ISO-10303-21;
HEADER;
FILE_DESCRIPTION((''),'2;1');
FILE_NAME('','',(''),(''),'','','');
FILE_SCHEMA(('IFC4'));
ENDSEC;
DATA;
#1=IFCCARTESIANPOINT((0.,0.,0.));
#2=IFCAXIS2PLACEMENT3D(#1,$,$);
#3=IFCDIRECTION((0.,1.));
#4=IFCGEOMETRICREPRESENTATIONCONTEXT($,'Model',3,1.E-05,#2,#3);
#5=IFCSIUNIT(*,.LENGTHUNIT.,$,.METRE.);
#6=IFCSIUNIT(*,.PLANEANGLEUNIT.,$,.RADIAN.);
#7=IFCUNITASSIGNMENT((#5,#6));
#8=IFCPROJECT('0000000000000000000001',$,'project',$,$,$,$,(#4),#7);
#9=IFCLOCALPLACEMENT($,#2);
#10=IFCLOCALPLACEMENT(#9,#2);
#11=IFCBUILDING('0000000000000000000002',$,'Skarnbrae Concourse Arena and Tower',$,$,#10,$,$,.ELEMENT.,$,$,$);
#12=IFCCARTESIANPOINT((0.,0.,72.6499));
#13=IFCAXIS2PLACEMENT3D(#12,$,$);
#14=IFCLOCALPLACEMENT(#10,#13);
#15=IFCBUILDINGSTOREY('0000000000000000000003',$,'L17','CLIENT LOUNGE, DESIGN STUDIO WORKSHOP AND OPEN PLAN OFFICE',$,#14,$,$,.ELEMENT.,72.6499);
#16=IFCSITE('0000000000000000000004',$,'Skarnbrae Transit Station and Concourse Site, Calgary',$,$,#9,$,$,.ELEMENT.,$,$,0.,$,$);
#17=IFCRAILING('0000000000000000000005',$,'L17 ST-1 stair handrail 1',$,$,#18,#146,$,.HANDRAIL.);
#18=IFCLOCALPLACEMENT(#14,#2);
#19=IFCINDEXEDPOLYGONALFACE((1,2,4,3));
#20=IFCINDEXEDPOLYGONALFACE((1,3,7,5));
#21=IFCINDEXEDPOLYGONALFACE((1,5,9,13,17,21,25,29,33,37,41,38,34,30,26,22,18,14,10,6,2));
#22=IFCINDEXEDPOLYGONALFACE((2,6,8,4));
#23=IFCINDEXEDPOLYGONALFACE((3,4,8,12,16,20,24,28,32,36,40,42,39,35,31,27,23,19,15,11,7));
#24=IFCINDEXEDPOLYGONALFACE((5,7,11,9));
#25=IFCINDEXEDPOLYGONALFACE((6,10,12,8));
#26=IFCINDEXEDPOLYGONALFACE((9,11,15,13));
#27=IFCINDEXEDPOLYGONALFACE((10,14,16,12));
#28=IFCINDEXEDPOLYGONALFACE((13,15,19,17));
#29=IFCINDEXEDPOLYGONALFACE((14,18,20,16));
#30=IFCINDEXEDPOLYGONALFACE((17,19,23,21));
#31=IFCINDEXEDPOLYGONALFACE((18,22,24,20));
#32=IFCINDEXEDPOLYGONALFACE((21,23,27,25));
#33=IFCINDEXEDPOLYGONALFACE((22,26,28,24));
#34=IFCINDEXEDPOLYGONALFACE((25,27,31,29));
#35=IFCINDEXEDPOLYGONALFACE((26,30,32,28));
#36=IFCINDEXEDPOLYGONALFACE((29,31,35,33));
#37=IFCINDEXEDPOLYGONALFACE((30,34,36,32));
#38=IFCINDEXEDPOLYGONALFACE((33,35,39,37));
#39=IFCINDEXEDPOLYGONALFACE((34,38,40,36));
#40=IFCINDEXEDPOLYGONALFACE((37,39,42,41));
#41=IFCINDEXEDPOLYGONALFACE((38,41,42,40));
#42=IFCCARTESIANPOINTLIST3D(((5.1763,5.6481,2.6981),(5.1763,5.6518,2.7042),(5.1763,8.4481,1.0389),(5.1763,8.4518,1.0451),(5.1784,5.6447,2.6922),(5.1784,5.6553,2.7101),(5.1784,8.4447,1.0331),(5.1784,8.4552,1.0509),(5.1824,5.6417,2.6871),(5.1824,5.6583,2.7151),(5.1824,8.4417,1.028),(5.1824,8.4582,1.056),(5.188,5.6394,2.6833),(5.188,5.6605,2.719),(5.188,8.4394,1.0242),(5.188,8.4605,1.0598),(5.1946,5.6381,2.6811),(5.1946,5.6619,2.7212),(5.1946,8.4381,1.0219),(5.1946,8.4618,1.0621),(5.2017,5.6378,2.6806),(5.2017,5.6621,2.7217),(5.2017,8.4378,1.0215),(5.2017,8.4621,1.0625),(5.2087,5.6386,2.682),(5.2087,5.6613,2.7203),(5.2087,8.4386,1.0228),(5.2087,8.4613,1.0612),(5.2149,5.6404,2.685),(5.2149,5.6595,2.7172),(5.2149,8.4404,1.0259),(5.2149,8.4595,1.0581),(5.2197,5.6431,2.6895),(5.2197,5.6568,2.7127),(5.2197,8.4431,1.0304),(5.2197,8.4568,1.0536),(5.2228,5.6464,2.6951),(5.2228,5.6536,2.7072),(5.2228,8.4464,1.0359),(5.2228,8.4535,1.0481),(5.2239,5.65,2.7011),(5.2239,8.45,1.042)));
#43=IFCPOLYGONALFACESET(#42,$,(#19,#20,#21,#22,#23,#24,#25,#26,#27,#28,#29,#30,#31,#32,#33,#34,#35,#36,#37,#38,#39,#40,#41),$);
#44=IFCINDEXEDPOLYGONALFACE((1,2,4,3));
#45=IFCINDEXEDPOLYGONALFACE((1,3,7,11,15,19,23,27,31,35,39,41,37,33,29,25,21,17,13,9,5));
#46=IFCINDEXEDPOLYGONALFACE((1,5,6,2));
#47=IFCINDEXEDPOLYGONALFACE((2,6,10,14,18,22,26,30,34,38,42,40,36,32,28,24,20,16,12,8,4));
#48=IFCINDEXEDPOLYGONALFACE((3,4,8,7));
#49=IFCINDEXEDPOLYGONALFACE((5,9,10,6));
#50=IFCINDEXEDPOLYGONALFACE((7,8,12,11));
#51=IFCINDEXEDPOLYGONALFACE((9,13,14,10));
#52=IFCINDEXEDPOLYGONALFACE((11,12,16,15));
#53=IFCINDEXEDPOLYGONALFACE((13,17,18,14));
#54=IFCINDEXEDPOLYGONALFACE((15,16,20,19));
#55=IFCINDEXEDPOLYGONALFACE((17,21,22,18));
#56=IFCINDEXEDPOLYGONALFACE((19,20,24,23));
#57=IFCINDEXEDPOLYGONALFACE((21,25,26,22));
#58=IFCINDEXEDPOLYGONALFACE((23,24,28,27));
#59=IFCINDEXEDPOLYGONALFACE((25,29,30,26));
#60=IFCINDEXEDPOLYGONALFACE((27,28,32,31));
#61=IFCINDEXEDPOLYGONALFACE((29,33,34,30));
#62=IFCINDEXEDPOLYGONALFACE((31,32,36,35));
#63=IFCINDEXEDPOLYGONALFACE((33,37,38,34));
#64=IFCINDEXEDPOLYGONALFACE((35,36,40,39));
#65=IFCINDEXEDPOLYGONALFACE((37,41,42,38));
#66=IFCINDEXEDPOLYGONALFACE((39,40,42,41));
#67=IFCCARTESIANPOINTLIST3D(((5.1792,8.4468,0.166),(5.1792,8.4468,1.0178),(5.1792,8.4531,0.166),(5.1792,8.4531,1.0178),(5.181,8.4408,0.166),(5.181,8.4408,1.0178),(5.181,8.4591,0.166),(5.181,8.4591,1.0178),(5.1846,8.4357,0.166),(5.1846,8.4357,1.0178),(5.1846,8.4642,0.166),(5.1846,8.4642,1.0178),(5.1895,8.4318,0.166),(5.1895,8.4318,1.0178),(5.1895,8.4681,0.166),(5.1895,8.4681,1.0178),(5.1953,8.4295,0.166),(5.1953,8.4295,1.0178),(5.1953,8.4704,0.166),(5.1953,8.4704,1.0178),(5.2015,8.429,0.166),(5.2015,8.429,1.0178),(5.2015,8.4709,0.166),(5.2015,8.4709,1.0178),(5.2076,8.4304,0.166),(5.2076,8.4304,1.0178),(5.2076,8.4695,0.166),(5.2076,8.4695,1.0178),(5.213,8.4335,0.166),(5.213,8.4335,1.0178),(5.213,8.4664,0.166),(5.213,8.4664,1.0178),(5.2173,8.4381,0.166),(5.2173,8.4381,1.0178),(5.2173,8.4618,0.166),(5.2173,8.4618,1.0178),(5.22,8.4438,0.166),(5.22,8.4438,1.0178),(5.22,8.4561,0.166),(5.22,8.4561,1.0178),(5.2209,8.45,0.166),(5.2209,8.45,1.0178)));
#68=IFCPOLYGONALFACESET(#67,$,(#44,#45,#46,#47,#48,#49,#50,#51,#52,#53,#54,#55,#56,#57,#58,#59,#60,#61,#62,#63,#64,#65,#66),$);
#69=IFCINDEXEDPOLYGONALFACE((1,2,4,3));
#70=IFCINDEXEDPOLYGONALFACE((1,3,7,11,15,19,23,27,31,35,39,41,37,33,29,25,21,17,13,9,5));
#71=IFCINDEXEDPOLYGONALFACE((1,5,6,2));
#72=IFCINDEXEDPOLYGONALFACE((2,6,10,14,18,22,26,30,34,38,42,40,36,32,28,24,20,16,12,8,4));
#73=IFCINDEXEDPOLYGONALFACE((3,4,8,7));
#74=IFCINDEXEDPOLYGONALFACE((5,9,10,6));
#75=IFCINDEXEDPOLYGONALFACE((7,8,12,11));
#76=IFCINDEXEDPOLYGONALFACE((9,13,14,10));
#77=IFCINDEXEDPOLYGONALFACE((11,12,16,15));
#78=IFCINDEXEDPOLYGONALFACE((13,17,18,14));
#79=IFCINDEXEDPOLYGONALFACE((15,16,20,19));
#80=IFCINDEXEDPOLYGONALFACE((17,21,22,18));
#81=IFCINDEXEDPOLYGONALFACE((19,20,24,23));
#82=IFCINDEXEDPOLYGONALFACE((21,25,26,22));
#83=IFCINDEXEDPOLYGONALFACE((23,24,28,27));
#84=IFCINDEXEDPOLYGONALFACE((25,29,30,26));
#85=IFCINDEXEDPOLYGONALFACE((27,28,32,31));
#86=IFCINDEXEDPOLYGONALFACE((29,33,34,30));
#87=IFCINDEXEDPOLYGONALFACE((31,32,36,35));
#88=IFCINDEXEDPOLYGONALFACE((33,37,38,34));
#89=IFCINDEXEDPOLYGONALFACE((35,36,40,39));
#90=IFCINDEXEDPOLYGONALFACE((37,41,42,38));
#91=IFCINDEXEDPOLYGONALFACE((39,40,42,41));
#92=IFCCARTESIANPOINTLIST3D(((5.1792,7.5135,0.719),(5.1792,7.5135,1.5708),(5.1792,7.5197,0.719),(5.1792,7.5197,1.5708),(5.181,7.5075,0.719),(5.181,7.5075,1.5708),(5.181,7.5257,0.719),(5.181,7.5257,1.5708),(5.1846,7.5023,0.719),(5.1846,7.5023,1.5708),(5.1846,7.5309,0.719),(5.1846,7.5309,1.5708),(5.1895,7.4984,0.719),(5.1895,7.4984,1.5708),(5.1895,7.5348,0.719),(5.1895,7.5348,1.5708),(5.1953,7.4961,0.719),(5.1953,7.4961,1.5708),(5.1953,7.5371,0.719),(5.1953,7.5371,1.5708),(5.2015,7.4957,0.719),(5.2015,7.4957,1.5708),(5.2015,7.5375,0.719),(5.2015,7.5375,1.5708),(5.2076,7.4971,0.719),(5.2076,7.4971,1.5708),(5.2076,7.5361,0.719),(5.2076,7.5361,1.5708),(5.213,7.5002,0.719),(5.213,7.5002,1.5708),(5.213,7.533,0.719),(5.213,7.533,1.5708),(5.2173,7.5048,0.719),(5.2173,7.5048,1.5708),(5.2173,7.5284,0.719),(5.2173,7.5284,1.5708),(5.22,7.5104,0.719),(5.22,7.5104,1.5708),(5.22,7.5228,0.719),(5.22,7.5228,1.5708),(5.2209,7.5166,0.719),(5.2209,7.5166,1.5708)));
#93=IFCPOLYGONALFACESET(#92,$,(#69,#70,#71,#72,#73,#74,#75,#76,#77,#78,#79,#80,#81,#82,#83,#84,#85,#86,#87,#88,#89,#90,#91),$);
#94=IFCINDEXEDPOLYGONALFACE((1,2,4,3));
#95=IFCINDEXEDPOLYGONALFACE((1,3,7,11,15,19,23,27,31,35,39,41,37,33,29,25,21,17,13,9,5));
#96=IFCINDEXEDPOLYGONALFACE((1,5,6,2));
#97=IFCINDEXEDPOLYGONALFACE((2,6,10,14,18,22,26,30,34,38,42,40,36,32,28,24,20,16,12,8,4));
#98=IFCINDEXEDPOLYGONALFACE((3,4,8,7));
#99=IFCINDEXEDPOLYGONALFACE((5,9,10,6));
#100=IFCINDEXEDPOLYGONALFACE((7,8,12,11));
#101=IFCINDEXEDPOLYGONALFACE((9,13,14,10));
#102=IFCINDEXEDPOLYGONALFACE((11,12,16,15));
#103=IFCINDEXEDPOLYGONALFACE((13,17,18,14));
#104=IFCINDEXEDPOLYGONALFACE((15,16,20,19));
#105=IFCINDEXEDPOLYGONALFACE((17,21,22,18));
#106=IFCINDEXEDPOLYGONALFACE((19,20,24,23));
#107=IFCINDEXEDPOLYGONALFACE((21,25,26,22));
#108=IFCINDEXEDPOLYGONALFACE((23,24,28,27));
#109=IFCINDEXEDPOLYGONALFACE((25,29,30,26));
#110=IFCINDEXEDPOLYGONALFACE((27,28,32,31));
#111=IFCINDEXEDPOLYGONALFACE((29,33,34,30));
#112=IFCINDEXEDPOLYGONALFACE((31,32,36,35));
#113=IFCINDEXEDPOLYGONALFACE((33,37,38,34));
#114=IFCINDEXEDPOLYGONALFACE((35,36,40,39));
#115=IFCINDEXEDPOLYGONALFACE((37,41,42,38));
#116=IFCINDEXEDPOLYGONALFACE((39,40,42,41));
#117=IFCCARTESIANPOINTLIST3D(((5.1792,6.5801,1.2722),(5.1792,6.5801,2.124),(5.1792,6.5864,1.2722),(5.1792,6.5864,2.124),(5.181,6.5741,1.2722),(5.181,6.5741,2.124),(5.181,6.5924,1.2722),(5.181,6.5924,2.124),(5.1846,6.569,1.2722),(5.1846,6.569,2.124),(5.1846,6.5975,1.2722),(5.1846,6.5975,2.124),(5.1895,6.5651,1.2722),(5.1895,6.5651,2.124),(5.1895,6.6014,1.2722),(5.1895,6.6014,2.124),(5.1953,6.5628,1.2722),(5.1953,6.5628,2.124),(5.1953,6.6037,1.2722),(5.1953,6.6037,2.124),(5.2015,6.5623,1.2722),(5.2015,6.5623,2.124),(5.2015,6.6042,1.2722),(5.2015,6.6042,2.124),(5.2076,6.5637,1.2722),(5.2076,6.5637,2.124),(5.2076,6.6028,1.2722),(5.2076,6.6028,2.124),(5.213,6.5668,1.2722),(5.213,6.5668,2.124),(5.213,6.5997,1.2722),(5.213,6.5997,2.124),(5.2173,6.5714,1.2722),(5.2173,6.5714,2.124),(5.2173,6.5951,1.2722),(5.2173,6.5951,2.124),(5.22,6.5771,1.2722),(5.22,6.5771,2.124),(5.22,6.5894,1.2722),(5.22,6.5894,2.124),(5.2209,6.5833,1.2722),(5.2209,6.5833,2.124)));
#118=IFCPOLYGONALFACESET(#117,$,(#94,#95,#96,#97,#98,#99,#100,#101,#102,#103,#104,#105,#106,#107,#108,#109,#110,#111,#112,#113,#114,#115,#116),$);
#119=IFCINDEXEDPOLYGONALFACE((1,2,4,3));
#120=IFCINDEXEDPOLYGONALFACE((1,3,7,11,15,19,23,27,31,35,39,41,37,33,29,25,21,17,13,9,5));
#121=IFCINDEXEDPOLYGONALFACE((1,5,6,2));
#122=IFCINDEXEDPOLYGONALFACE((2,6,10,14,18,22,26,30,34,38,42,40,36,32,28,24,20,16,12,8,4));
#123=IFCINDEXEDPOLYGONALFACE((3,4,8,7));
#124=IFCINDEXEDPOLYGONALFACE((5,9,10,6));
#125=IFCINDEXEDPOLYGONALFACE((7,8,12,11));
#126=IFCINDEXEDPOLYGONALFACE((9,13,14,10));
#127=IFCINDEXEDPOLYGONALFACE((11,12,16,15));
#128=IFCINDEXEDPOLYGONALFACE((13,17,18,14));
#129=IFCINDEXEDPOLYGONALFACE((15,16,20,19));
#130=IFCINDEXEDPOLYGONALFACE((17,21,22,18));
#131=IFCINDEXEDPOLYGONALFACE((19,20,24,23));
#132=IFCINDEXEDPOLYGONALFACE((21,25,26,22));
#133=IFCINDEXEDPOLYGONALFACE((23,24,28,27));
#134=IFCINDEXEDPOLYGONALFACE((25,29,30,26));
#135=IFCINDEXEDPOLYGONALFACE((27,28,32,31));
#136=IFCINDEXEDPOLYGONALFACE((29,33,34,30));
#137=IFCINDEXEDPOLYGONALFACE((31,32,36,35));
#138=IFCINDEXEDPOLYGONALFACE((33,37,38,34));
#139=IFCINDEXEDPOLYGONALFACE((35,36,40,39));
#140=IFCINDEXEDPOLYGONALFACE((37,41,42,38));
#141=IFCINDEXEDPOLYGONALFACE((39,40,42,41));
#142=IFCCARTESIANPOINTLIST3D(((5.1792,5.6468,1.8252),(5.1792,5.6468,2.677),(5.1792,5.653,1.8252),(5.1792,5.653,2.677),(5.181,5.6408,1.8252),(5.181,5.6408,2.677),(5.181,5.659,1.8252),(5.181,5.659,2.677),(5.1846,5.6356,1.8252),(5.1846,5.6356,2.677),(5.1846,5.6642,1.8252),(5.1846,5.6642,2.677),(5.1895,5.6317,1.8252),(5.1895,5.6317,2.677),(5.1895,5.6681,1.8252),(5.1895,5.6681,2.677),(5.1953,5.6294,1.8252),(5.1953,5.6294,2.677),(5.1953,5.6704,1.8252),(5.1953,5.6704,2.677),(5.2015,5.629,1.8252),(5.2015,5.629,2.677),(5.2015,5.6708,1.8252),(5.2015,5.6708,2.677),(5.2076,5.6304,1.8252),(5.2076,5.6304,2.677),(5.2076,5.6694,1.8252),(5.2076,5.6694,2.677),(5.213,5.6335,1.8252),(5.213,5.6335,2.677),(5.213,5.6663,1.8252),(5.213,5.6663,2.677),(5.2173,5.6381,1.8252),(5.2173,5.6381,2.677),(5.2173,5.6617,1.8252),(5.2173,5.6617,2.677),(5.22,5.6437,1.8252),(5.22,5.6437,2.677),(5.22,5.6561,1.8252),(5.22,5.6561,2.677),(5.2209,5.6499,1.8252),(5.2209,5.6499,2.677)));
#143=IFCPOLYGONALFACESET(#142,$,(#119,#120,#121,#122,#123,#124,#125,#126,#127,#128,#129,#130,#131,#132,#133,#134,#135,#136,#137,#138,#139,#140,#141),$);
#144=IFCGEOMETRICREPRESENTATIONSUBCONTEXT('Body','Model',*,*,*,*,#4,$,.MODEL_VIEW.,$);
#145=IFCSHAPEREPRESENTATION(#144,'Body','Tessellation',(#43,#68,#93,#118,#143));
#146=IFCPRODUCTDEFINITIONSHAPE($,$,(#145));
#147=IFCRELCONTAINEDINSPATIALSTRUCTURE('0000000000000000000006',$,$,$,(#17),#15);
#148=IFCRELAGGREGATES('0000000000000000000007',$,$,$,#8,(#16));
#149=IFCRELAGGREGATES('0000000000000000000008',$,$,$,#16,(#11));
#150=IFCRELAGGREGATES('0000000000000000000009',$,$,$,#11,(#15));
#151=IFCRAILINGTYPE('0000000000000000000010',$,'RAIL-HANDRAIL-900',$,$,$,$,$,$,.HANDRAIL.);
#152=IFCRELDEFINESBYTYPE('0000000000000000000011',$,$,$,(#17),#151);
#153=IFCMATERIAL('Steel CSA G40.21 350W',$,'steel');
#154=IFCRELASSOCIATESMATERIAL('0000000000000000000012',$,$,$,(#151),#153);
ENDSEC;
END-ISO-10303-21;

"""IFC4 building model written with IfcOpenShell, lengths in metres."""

from ifc_helpers import new_model, si_unit, direction, frame, origin, origin_2d, place, context, subcontext, project, spatial, circle, extrude, material, type_object, element, save


model = new_model("IFC4")

# Units and contexts
model_context = context("Model", 3, precision=1e-05, world=origin(), true_north=direction((0.0, 1.0)))
body_context = subcontext(model_context, "Body", "Model", "MODEL_VIEW")
ifc_project = project(units=[si_unit("LENGTHUNIT", "METRE"), si_unit("PLANEANGLEUNIT", "RADIAN")], contexts=[model_context])

# Site, building, storey
site_placement = place(None, origin())
site = spatial("IfcSite", under=ifc_project, at=site_placement, Name="Skarnbrae Transit Station and Concourse Site, Calgary", CompositionType="ELEMENT", RefElevation=0.0)
building_placement = place(site_placement, origin())
building = spatial("IfcBuilding", under=site, at=building_placement, Name="Skarnbrae Concourse Arena and Tower", CompositionType="ELEMENT")
storey_placement = place(building_placement, frame((0.0, 0.0, 72.6499)))
storey = spatial("IfcBuildingStorey", under=building, at=storey_placement, Name="L17", Description="CLIENT LOUNGE, DESIGN STUDIO WORKSHOP AND OPEN PLAN OFFICE", CompositionType="ELEMENT", Elevation=72.6499)

# Shared definitions
ifc_material_1 = material(Name="Steel CSA G40.21 350W", Category="steel")

# Railing
railing_type_1 = type_object("IfcRailingType", Name="RAIL-HANDRAIL-900", PredefinedType="HANDRAIL", material=ifc_material_1)
railing_1_placement = place(storey_placement, frame((5.2, 8.45, 0.166)))
element("IfcRailing", 1, at=railing_1_placement, inside=storey, type_object=railing_type_1, Name="L17 ST-1 stair handrail 1", PredefinedType="HANDRAIL", context=body_context, shape_type="SweptSolid", body=[
    extrude(circle(Radius=0.0239, at=origin_2d()), frame((0.0, 0.0, 0.876), z_axis=(0.0, -0.860306, 0.509778), x_axis=(1.0, 0.0, 0.0)), (0.0, 0.0, 1.0), 3.2546),
    extrude(circle(Radius=0.021, at=origin_2d()), origin(), (0.0, 0.0, 1.0), 0.8518),
    extrude(circle(Radius=0.021, at=origin_2d()), frame((0.0, -0.9333, 0.553)), (0.0, 0.0, 1.0), 0.8518),
    extrude(circle(Radius=0.021, at=origin_2d()), frame((0.0, -1.8667, 1.1062)), (0.0, 0.0, 1.0), 0.8518),
    extrude(circle(Radius=0.021, at=origin_2d()), frame((0.0, -2.8, 1.6592)), (0.0, 0.0, 1.0), 0.8518),
])

save(model, "model.ifc")
